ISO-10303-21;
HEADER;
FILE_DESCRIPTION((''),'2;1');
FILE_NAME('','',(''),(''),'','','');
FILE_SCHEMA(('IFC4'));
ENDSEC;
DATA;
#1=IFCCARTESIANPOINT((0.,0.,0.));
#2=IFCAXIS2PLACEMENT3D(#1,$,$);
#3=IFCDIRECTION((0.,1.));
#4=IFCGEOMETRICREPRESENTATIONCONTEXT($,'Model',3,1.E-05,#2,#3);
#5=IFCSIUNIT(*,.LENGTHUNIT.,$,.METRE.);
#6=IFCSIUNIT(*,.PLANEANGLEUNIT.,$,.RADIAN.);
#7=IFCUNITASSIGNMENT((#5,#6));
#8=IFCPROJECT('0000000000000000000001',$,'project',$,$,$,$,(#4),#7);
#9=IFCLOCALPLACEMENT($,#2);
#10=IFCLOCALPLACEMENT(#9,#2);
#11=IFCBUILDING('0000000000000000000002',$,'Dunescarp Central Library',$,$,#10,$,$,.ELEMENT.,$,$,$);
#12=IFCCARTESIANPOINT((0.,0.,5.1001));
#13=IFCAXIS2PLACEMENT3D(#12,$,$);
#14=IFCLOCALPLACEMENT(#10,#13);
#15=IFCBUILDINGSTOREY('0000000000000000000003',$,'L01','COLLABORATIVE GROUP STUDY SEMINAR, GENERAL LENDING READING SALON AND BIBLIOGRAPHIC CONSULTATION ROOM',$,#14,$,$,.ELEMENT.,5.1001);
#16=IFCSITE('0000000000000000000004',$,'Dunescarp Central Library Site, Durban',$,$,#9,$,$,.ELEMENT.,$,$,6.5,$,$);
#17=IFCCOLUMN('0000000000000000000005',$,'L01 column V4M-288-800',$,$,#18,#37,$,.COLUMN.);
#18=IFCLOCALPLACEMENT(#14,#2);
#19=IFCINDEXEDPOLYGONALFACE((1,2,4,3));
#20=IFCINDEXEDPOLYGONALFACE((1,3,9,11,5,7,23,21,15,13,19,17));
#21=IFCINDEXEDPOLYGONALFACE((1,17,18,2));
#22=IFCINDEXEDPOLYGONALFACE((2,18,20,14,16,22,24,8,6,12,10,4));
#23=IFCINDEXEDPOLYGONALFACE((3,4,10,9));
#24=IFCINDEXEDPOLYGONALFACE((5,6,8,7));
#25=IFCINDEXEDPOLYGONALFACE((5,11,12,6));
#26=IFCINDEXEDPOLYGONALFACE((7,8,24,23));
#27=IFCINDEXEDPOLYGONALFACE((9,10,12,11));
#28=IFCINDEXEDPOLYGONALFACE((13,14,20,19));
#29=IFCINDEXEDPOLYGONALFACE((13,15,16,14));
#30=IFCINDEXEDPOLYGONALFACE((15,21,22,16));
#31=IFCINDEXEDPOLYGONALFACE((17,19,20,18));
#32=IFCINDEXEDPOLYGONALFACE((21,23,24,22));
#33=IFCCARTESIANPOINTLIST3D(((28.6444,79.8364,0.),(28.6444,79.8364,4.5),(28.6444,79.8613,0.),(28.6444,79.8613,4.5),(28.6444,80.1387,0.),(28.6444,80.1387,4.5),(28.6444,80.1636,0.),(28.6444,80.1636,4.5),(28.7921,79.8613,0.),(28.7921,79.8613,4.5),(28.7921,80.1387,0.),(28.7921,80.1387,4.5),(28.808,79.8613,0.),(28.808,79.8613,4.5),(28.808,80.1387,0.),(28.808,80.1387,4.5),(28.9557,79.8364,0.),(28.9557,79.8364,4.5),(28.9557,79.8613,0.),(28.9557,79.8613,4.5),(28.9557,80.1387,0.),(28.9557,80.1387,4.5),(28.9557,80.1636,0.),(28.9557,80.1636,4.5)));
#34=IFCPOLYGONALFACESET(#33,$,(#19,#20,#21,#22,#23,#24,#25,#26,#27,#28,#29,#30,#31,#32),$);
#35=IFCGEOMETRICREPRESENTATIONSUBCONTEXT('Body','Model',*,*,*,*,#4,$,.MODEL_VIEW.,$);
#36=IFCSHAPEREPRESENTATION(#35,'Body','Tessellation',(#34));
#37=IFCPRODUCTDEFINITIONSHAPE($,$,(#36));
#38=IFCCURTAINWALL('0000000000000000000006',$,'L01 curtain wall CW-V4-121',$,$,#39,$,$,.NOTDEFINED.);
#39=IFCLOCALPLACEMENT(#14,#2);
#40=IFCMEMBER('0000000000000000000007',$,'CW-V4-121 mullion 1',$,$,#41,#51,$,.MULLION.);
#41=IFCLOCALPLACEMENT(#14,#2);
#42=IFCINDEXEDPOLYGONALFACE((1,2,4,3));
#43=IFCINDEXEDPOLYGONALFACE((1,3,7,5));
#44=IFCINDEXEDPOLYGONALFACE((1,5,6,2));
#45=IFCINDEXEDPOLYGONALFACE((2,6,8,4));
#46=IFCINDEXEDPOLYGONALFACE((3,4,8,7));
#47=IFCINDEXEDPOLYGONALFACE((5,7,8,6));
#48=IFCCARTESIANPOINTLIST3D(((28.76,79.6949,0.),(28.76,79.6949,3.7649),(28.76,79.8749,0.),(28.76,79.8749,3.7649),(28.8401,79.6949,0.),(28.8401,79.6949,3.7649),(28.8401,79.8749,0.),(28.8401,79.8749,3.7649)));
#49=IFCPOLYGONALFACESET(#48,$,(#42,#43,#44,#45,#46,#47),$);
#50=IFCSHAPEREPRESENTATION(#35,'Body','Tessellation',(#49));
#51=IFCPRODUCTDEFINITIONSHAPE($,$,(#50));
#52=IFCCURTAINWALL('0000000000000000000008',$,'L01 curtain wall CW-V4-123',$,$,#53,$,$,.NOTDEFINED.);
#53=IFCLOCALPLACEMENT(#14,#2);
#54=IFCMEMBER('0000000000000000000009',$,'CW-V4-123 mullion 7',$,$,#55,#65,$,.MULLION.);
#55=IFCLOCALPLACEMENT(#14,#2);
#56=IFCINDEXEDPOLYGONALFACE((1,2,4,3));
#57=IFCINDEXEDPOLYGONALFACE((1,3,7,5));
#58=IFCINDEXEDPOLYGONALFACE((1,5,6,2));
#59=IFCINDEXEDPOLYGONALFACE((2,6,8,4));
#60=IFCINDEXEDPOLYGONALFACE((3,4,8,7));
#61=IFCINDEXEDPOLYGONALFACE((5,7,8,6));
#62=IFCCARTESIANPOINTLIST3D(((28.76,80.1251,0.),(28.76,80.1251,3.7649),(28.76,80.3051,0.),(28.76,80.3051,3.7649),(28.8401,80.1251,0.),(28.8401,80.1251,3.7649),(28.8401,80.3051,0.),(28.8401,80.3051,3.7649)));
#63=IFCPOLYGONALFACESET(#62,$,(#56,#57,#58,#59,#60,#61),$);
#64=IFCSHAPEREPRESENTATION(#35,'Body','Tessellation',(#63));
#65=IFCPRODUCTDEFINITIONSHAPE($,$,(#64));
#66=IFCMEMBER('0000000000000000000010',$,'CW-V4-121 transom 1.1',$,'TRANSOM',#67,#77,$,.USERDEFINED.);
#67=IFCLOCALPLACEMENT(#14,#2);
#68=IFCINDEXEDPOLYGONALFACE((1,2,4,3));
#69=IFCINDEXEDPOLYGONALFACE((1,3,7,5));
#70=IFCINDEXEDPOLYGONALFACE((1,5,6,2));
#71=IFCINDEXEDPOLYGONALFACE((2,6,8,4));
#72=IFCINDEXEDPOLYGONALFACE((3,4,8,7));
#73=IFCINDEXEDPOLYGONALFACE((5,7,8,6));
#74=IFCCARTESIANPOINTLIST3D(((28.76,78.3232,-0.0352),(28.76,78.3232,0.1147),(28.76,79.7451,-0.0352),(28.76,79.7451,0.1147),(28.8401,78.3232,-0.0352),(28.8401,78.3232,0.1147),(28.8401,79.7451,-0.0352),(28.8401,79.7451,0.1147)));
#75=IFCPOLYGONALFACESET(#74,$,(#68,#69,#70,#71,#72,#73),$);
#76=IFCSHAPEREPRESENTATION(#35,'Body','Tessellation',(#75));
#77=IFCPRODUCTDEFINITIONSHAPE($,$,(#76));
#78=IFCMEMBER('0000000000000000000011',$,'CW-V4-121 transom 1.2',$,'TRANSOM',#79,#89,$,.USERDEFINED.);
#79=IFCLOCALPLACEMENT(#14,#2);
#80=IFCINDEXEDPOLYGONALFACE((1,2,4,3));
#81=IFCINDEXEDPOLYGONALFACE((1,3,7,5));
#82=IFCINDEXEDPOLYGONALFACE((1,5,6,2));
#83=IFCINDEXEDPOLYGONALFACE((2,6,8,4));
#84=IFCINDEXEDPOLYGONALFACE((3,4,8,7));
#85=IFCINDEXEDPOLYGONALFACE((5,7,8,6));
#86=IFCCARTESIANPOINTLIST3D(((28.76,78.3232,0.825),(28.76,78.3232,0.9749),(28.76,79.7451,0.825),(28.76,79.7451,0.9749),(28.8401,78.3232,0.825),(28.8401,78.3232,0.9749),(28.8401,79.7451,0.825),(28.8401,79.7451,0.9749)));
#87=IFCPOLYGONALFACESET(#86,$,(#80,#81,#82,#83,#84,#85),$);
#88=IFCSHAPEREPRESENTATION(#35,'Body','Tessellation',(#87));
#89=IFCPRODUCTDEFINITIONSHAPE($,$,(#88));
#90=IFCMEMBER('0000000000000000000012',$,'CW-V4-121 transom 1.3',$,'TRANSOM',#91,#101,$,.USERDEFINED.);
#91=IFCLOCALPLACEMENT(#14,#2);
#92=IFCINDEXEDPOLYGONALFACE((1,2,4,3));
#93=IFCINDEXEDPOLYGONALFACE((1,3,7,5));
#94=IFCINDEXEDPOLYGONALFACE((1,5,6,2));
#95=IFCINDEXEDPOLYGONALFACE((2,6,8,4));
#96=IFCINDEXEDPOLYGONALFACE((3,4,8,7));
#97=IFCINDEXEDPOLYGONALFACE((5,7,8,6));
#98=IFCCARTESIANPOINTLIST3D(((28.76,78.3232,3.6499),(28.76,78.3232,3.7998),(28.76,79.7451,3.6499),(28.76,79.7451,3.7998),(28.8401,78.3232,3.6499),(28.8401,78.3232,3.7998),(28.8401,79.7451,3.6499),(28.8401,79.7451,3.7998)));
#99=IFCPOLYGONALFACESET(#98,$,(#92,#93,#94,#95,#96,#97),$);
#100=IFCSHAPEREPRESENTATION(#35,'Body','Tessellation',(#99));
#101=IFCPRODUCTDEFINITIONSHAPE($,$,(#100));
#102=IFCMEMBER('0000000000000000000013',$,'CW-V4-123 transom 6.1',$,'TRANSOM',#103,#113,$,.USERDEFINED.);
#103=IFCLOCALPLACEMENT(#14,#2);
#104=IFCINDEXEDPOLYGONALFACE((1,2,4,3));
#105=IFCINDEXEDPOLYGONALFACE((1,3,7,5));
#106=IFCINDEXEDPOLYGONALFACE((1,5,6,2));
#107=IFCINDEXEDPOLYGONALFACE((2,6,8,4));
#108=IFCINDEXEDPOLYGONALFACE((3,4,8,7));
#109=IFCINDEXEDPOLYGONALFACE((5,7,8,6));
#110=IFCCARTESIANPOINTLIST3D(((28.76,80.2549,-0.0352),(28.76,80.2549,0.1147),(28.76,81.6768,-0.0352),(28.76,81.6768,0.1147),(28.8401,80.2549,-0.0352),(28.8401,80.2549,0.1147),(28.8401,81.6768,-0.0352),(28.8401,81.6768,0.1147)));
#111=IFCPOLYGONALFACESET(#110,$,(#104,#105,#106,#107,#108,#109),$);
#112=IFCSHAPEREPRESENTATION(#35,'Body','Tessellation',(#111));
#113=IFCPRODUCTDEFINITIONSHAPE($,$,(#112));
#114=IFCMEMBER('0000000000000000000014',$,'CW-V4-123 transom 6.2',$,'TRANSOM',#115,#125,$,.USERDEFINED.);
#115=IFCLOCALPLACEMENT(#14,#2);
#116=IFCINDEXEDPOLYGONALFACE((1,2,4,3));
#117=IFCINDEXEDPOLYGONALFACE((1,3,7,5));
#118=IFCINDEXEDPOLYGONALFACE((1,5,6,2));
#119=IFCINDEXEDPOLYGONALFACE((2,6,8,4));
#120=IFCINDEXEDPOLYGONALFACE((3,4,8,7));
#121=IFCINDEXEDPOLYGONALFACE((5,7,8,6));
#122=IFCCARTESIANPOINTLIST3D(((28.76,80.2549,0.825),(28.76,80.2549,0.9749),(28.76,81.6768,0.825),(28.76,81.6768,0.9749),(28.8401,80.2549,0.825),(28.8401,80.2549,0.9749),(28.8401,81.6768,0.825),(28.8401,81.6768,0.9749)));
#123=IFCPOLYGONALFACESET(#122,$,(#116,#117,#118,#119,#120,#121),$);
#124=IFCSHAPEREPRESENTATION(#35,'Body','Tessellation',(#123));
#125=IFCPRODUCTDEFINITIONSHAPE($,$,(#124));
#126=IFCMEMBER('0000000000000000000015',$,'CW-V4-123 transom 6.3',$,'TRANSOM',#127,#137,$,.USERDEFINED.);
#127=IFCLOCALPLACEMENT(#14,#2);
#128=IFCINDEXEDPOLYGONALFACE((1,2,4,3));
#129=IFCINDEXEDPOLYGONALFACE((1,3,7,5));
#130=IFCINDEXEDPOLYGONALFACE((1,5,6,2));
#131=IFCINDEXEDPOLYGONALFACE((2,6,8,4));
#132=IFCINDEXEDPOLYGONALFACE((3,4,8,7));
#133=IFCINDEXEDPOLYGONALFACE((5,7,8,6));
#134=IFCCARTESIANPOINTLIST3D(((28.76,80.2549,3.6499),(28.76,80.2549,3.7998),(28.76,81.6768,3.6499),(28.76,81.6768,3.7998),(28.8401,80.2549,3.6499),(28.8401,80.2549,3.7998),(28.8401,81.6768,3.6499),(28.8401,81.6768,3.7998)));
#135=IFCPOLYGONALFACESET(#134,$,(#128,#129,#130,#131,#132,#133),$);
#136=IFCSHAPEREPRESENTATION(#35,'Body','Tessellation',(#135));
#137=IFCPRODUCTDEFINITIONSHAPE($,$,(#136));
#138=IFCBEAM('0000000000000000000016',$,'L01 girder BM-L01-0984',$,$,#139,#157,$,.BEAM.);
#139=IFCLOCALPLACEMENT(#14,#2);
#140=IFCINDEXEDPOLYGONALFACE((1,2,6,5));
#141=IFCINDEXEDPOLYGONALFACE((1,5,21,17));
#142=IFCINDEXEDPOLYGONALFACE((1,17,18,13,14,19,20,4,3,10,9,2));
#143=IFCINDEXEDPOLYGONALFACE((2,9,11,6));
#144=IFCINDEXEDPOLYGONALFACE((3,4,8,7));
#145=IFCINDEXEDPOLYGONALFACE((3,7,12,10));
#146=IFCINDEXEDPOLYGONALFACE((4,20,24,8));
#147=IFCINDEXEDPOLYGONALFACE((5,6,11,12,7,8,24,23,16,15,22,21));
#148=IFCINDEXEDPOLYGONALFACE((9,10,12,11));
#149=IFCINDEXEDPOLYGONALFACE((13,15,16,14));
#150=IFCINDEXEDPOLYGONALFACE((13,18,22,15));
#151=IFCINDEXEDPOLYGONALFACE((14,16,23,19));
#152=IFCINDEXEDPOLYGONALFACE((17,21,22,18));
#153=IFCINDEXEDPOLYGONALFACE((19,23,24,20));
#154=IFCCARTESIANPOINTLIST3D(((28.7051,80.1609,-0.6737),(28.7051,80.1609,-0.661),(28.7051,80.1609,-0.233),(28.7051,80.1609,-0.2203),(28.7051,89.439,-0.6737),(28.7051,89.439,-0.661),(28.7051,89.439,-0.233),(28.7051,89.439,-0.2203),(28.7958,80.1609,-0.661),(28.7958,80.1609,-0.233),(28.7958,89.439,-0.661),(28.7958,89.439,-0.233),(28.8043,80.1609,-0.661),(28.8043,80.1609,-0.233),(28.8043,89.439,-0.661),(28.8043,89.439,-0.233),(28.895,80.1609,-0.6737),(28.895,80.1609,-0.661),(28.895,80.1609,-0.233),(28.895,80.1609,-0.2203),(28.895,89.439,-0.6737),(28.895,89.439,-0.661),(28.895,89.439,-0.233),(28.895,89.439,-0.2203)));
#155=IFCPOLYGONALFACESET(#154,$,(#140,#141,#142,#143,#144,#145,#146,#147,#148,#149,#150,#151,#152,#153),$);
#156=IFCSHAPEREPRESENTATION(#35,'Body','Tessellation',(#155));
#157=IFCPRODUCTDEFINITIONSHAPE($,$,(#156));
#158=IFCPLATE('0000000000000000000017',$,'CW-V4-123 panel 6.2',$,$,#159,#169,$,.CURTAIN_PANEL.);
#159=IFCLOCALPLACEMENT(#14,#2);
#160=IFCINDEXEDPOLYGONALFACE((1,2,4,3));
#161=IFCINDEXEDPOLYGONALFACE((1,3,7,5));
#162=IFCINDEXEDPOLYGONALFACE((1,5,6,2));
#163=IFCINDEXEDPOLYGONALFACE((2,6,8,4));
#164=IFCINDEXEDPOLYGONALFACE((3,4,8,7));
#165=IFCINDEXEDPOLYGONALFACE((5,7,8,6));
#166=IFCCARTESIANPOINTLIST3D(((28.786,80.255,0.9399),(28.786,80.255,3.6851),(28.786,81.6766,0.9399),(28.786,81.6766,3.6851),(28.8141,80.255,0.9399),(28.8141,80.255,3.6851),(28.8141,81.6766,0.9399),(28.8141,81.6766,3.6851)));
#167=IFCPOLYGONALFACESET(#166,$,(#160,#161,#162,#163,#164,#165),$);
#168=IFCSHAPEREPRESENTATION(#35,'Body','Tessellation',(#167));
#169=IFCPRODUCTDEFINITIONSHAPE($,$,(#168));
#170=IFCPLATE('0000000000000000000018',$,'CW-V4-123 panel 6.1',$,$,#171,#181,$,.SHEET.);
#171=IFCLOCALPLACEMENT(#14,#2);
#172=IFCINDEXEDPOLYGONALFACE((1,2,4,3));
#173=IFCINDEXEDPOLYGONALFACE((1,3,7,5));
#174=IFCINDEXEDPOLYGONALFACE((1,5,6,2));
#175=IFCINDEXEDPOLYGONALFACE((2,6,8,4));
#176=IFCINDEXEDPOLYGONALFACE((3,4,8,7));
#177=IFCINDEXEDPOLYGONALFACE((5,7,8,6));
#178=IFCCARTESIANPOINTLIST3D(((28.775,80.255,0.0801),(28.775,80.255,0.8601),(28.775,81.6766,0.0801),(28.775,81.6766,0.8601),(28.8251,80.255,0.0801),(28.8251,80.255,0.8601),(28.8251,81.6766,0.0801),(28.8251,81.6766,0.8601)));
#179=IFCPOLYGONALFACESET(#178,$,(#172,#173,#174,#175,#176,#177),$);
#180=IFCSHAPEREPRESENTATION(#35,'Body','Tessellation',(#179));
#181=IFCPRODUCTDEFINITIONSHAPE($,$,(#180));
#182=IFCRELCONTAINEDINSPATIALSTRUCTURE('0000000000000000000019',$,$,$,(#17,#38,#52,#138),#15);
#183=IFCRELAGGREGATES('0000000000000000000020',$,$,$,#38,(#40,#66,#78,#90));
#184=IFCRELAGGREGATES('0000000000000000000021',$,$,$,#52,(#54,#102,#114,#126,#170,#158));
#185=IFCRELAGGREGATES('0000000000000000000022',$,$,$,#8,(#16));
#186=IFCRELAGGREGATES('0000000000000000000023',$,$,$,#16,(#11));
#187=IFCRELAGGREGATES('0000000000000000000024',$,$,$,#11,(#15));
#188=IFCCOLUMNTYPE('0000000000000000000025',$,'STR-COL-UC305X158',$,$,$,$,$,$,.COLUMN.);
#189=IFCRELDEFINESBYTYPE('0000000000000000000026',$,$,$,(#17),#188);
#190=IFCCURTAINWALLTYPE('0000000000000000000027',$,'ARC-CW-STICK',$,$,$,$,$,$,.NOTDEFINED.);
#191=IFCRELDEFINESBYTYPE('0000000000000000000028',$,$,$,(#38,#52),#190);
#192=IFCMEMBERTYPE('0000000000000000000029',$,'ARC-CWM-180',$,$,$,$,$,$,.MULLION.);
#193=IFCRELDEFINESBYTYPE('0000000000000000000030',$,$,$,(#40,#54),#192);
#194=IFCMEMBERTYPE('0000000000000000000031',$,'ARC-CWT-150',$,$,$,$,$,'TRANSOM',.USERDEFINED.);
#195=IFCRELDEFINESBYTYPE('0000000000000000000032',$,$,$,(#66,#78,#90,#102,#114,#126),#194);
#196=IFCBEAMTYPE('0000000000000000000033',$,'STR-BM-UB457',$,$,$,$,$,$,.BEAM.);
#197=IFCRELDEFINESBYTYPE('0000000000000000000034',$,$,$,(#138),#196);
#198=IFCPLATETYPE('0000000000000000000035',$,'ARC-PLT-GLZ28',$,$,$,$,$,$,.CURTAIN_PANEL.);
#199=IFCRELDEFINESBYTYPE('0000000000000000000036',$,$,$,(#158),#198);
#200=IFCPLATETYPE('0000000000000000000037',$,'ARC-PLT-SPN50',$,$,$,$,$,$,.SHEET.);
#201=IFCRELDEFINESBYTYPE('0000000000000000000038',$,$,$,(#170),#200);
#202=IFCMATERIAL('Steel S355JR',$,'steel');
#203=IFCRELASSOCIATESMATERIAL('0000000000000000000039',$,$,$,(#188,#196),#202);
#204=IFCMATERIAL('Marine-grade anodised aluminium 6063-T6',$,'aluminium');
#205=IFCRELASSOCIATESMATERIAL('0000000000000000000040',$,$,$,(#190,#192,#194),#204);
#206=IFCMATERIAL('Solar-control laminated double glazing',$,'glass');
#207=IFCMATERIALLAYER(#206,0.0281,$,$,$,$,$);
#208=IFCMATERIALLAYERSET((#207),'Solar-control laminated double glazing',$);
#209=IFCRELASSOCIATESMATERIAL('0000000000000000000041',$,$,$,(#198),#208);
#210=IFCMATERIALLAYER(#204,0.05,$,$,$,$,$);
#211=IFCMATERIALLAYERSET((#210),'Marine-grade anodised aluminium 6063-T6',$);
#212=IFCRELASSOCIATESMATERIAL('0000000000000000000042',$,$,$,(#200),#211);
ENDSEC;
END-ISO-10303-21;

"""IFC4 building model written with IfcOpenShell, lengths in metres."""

from ifc_helpers import new_model, si_unit, direction, frame, origin, origin_2d, place, context, subcontext, project, spatial, rectangle, i_section, extrude, material, layer, layer_set, material_profile, profile_set, type_object, element, aggregate, save


model = new_model("IFC4")

# Units and contexts
model_context = context("Model", 3, precision=1e-05, world=origin(), true_north=direction((0.0, 1.0)))
body_context = subcontext(model_context, "Body", "Model", "MODEL_VIEW")
ifc_project = project(units=[si_unit("LENGTHUNIT", "METRE"), si_unit("PLANEANGLEUNIT", "RADIAN")], contexts=[model_context])

# Site, building, storey
site_placement = place(None, origin())
site = spatial("IfcSite", under=ifc_project, at=site_placement, Name="Dunescarp Central Library Site, Durban", CompositionType="ELEMENT", RefElevation=6.5)
building_placement = place(site_placement, origin())
building = spatial("IfcBuilding", under=site, at=building_placement, Name="Dunescarp Central Library", CompositionType="ELEMENT")
storey_placement = place(building_placement, frame((0.0, 0.0, 5.1001)))
storey = spatial("IfcBuildingStorey", under=building, at=storey_placement, Name="L01", Description="COLLABORATIVE GROUP STUDY SEMINAR, GENERAL LENDING READING SALON AND BIBLIOGRAPHIC CONSULTATION ROOM", CompositionType="ELEMENT", Elevation=5.1001)

# Column
ifc_material_1 = material(Name="Steel S355JR", Category="steel")
ifc_material_profile_1 = material_profile(ifc_material_1, i_section(OverallWidth=0.3113, OverallDepth=0.3271, WebThickness=0.0159, FlangeThickness=0.0249, at=origin_2d()), Name="UC 305x305x158")
ifc_profile_set_1 = profile_set([ifc_material_profile_1], Name="Steel S355JR")
column_type = type_object("IfcColumnType", Name="STR-COL-UC305X158", PredefinedType="COLUMN", material=ifc_profile_set_1)
column_placement = place(storey_placement, frame((28.8, 80.0, 0.0), z_axis=(0.0, 0.0, 1.0), x_axis=(1.0, 0.0, 0.0)))
element("IfcColumn", 1, at=column_placement, inside=storey, type_object=column_type, Name="L01 column V4M-288-800", PredefinedType="COLUMN", context=body_context, shape_type="SweptSolid", body=[
    extrude(i_section(OverallWidth=0.3113, OverallDepth=0.3271, WebThickness=0.0159, FlangeThickness=0.0249, at=origin_2d()), origin(), (0.0, 0.0, 1.0), 4.5),
])

# Curtain walls, members
ifc_material_2 = material(Name="Marine-grade anodised aluminium 6063-T6", Category="aluminium")
curtain_wall_type = type_object("IfcCurtainWallType", Name="ARC-CW-STICK", PredefinedType="NOTDEFINED", material=ifc_material_2)
curtain_wall_1_placement = place(storey_placement, origin())
curtain_wall_1 = element("IfcCurtainWall", 2, at=curtain_wall_1_placement, inside=storey, type_object=curtain_wall_type, Name="L01 curtain wall CW-V4-121", PredefinedType="NOTDEFINED")
ifc_material_profile_2 = material_profile(ifc_material_2, rectangle(XDim=0.0801, YDim=0.1799, at=origin_2d()), Name="AL 80x180")
ifc_profile_set_2 = profile_set([ifc_material_profile_2], Name="Marine-grade anodised aluminium 6063-T6")
member_type_1 = type_object("IfcMemberType", Name="ARC-CWM-180", PredefinedType="MULLION", material=ifc_profile_set_2)
member_1_placement = place(storey_placement, frame((28.8, 79.7849, 0.0), z_axis=(0.0, 0.0, 1.0), x_axis=(1.0, 0.0, 0.0)))
member_1 = element("IfcMember", 3, at=member_1_placement, type_object=member_type_1, Name="CW-V4-121 mullion 1", PredefinedType="MULLION", context=body_context, shape_type="SweptSolid", body=[
    extrude(rectangle(XDim=0.0801, YDim=0.1799, at=origin_2d()), origin(), (0.0, 0.0, 1.0), 3.7649),
])
curtain_wall_2_placement = place(storey_placement, origin())
curtain_wall_2 = element("IfcCurtainWall", 4, at=curtain_wall_2_placement, inside=storey, type_object=curtain_wall_type, Name="L01 curtain wall CW-V4-123", PredefinedType="NOTDEFINED")
member_2_placement = place(storey_placement, frame((28.8, 80.2151, 0.0), z_axis=(0.0, 0.0, 1.0), x_axis=(1.0, 0.0, 0.0)))
member_2 = element("IfcMember", 5, at=member_2_placement, type_object=member_type_1, Name="CW-V4-123 mullion 7", PredefinedType="MULLION", context=body_context, shape_type="SweptSolid", body=[
    extrude(rectangle(XDim=0.0801, YDim=0.1799, at=origin_2d()), origin(), (0.0, 0.0, 1.0), 3.7649),
])

# Members
ifc_material_profile_3 = material_profile(ifc_material_2, rectangle(XDim=0.0801, YDim=0.1499, at=origin_2d()), Name="AL 80x150")
ifc_profile_set_3 = profile_set([ifc_material_profile_3], Name="Marine-grade anodised aluminium 6063-T6")
member_type_2 = type_object("IfcMemberType", Name="ARC-CWT-150", ElementType="TRANSOM", PredefinedType="USERDEFINED", material=ifc_profile_set_3)
member_3_placement = place(storey_placement, frame((28.8, 79.7451, 0.0398), z_axis=(0.0, -1.0, 0.0), x_axis=(1.0, 0.0, 0.0)))
member_3 = element("IfcMember", 6, at=member_3_placement, type_object=member_type_2, Name="CW-V4-121 transom 1.1", ObjectType="TRANSOM", PredefinedType="USERDEFINED", context=body_context, shape_type="SweptSolid", body=[
    extrude(rectangle(XDim=0.0801, YDim=0.1499, at=origin_2d()), origin(), (0.0, 0.0, 1.0), 1.4219),
])
member_4_placement = place(storey_placement, frame((28.8, 79.7451, 0.8999), z_axis=(0.0, -1.0, 0.0), x_axis=(1.0, 0.0, 0.0)))
member_4 = element("IfcMember", 7, at=member_4_placement, type_object=member_type_2, Name="CW-V4-121 transom 1.2", ObjectType="TRANSOM", PredefinedType="USERDEFINED", context=body_context, shape_type="SweptSolid", body=[
    extrude(rectangle(XDim=0.0801, YDim=0.1499, at=origin_2d()), origin(), (0.0, 0.0, 1.0), 1.4219),
])
member_5_placement = place(storey_placement, frame((28.8, 79.7451, 3.7249), z_axis=(0.0, -1.0, 0.0), x_axis=(1.0, 0.0, 0.0)))
member_5 = element("IfcMember", 8, at=member_5_placement, type_object=member_type_2, Name="CW-V4-121 transom 1.3", ObjectType="TRANSOM", PredefinedType="USERDEFINED", context=body_context, shape_type="SweptSolid", body=[
    extrude(rectangle(XDim=0.0801, YDim=0.1499, at=origin_2d()), origin(), (0.0, 0.0, 1.0), 1.4219),
])
aggregate(curtain_wall_1, [member_1, member_3, member_4, member_5])
member_6_placement = place(storey_placement, frame((28.8, 81.6768, 0.0398), z_axis=(0.0, -1.0, 0.0), x_axis=(1.0, 0.0, 0.0)))
member_6 = element("IfcMember", 9, at=member_6_placement, type_object=member_type_2, Name="CW-V4-123 transom 6.1", ObjectType="TRANSOM", PredefinedType="USERDEFINED", context=body_context, shape_type="SweptSolid", body=[
    extrude(rectangle(XDim=0.0801, YDim=0.1499, at=origin_2d()), origin(), (0.0, 0.0, 1.0), 1.4219),
])
member_7_placement = place(storey_placement, frame((28.8, 81.6768, 0.8999), z_axis=(0.0, -1.0, 0.0), x_axis=(1.0, 0.0, 0.0)))
member_7 = element("IfcMember", 10, at=member_7_placement, type_object=member_type_2, Name="CW-V4-123 transom 6.2", ObjectType="TRANSOM", PredefinedType="USERDEFINED", context=body_context, shape_type="SweptSolid", body=[
    extrude(rectangle(XDim=0.0801, YDim=0.1499, at=origin_2d()), origin(), (0.0, 0.0, 1.0), 1.4219),
])
member_8_placement = place(storey_placement, frame((28.8, 81.6768, 3.7249), z_axis=(0.0, -1.0, 0.0), x_axis=(1.0, 0.0, 0.0)))
member_8 = element("IfcMember", 11, at=member_8_placement, type_object=member_type_2, Name="CW-V4-123 transom 6.3", ObjectType="TRANSOM", PredefinedType="USERDEFINED", context=body_context, shape_type="SweptSolid", body=[
    extrude(rectangle(XDim=0.0801, YDim=0.1499, at=origin_2d()), origin(), (0.0, 0.0, 1.0), 1.4219),
])

# Beam
ifc_material_profile_4 = material_profile(ifc_material_1, i_section(OverallWidth=0.1899, OverallDepth=0.4534, WebThickness=0.0085, FlangeThickness=0.0127, at=origin_2d()), Name="UB 457x191x67")
ifc_profile_set_4 = profile_set([ifc_material_profile_4], Name="Steel S355JR")
beam_type = type_object("IfcBeamType", Name="STR-BM-UB457", PredefinedType="BEAM", material=ifc_profile_set_4)
beam_placement = place(storey_placement, frame((28.8, 80.1609, -0.447), z_axis=(0.0, 1.0, 0.0), x_axis=(-1.0, 0.0, 0.0)))
element("IfcBeam", 12, at=beam_placement, inside=storey, type_object=beam_type, Name="L01 girder BM-L01-0984", PredefinedType="BEAM", context=body_context, shape_type="SweptSolid", body=[
    extrude(i_section(OverallWidth=0.1899, OverallDepth=0.4534, WebThickness=0.0085, FlangeThickness=0.0127, at=origin_2d()), origin(), (0.0, 0.0, 1.0), 9.2781),
])

# Plates
ifc_material_3 = material(Name="Solar-control laminated double glazing", Category="glass")
ifc_layer_1 = layer(ifc_material_3, 0.0281)
ifc_layer_set_1 = layer_set([ifc_layer_1], Name="Solar-control laminated double glazing")
plate_type_1 = type_object("IfcPlateType", Name="ARC-PLT-GLZ28", PredefinedType="CURTAIN_PANEL", material=ifc_layer_set_1)
plate_1_placement = place(storey_placement, frame((28.8, 80.9658, 0.9399), z_axis=(0.0, 0.0, 1.0), x_axis=(0.0, -1.0, 0.0)))
plate_1 = element("IfcPlate", 13, at=plate_1_placement, type_object=plate_type_1, Name="CW-V4-123 panel 6.2", PredefinedType="CURTAIN_PANEL", context=body_context, shape_type="SweptSolid", body=[
    extrude(rectangle(XDim=1.4216, YDim=0.0281, at=origin_2d()), origin(), (0.0, 0.0, 1.0), 2.7451),
])
ifc_layer_2 = layer(ifc_material_2, 0.05)
ifc_layer_set_2 = layer_set([ifc_layer_2], Name="Marine-grade anodised aluminium 6063-T6")
plate_type_2 = type_object("IfcPlateType", Name="ARC-PLT-SPN50", PredefinedType="SHEET", material=ifc_layer_set_2)
plate_2_placement = place(storey_placement, frame((28.8, 80.9658, 0.0801), z_axis=(0.0, 0.0, 1.0), x_axis=(0.0, -1.0, 0.0)))
plate_2 = element("IfcPlate", 14, at=plate_2_placement, type_object=plate_type_2, Name="CW-V4-123 panel 6.1", PredefinedType="SHEET", context=body_context, shape_type="SweptSolid", body=[
    extrude(rectangle(XDim=1.4216, YDim=0.05, at=origin_2d()), origin(), (0.0, 0.0, 1.0), 0.78),
])
aggregate(curtain_wall_2, [member_2, member_6, member_7, member_8, plate_2, plate_1])

save(model, "model.ifc")
